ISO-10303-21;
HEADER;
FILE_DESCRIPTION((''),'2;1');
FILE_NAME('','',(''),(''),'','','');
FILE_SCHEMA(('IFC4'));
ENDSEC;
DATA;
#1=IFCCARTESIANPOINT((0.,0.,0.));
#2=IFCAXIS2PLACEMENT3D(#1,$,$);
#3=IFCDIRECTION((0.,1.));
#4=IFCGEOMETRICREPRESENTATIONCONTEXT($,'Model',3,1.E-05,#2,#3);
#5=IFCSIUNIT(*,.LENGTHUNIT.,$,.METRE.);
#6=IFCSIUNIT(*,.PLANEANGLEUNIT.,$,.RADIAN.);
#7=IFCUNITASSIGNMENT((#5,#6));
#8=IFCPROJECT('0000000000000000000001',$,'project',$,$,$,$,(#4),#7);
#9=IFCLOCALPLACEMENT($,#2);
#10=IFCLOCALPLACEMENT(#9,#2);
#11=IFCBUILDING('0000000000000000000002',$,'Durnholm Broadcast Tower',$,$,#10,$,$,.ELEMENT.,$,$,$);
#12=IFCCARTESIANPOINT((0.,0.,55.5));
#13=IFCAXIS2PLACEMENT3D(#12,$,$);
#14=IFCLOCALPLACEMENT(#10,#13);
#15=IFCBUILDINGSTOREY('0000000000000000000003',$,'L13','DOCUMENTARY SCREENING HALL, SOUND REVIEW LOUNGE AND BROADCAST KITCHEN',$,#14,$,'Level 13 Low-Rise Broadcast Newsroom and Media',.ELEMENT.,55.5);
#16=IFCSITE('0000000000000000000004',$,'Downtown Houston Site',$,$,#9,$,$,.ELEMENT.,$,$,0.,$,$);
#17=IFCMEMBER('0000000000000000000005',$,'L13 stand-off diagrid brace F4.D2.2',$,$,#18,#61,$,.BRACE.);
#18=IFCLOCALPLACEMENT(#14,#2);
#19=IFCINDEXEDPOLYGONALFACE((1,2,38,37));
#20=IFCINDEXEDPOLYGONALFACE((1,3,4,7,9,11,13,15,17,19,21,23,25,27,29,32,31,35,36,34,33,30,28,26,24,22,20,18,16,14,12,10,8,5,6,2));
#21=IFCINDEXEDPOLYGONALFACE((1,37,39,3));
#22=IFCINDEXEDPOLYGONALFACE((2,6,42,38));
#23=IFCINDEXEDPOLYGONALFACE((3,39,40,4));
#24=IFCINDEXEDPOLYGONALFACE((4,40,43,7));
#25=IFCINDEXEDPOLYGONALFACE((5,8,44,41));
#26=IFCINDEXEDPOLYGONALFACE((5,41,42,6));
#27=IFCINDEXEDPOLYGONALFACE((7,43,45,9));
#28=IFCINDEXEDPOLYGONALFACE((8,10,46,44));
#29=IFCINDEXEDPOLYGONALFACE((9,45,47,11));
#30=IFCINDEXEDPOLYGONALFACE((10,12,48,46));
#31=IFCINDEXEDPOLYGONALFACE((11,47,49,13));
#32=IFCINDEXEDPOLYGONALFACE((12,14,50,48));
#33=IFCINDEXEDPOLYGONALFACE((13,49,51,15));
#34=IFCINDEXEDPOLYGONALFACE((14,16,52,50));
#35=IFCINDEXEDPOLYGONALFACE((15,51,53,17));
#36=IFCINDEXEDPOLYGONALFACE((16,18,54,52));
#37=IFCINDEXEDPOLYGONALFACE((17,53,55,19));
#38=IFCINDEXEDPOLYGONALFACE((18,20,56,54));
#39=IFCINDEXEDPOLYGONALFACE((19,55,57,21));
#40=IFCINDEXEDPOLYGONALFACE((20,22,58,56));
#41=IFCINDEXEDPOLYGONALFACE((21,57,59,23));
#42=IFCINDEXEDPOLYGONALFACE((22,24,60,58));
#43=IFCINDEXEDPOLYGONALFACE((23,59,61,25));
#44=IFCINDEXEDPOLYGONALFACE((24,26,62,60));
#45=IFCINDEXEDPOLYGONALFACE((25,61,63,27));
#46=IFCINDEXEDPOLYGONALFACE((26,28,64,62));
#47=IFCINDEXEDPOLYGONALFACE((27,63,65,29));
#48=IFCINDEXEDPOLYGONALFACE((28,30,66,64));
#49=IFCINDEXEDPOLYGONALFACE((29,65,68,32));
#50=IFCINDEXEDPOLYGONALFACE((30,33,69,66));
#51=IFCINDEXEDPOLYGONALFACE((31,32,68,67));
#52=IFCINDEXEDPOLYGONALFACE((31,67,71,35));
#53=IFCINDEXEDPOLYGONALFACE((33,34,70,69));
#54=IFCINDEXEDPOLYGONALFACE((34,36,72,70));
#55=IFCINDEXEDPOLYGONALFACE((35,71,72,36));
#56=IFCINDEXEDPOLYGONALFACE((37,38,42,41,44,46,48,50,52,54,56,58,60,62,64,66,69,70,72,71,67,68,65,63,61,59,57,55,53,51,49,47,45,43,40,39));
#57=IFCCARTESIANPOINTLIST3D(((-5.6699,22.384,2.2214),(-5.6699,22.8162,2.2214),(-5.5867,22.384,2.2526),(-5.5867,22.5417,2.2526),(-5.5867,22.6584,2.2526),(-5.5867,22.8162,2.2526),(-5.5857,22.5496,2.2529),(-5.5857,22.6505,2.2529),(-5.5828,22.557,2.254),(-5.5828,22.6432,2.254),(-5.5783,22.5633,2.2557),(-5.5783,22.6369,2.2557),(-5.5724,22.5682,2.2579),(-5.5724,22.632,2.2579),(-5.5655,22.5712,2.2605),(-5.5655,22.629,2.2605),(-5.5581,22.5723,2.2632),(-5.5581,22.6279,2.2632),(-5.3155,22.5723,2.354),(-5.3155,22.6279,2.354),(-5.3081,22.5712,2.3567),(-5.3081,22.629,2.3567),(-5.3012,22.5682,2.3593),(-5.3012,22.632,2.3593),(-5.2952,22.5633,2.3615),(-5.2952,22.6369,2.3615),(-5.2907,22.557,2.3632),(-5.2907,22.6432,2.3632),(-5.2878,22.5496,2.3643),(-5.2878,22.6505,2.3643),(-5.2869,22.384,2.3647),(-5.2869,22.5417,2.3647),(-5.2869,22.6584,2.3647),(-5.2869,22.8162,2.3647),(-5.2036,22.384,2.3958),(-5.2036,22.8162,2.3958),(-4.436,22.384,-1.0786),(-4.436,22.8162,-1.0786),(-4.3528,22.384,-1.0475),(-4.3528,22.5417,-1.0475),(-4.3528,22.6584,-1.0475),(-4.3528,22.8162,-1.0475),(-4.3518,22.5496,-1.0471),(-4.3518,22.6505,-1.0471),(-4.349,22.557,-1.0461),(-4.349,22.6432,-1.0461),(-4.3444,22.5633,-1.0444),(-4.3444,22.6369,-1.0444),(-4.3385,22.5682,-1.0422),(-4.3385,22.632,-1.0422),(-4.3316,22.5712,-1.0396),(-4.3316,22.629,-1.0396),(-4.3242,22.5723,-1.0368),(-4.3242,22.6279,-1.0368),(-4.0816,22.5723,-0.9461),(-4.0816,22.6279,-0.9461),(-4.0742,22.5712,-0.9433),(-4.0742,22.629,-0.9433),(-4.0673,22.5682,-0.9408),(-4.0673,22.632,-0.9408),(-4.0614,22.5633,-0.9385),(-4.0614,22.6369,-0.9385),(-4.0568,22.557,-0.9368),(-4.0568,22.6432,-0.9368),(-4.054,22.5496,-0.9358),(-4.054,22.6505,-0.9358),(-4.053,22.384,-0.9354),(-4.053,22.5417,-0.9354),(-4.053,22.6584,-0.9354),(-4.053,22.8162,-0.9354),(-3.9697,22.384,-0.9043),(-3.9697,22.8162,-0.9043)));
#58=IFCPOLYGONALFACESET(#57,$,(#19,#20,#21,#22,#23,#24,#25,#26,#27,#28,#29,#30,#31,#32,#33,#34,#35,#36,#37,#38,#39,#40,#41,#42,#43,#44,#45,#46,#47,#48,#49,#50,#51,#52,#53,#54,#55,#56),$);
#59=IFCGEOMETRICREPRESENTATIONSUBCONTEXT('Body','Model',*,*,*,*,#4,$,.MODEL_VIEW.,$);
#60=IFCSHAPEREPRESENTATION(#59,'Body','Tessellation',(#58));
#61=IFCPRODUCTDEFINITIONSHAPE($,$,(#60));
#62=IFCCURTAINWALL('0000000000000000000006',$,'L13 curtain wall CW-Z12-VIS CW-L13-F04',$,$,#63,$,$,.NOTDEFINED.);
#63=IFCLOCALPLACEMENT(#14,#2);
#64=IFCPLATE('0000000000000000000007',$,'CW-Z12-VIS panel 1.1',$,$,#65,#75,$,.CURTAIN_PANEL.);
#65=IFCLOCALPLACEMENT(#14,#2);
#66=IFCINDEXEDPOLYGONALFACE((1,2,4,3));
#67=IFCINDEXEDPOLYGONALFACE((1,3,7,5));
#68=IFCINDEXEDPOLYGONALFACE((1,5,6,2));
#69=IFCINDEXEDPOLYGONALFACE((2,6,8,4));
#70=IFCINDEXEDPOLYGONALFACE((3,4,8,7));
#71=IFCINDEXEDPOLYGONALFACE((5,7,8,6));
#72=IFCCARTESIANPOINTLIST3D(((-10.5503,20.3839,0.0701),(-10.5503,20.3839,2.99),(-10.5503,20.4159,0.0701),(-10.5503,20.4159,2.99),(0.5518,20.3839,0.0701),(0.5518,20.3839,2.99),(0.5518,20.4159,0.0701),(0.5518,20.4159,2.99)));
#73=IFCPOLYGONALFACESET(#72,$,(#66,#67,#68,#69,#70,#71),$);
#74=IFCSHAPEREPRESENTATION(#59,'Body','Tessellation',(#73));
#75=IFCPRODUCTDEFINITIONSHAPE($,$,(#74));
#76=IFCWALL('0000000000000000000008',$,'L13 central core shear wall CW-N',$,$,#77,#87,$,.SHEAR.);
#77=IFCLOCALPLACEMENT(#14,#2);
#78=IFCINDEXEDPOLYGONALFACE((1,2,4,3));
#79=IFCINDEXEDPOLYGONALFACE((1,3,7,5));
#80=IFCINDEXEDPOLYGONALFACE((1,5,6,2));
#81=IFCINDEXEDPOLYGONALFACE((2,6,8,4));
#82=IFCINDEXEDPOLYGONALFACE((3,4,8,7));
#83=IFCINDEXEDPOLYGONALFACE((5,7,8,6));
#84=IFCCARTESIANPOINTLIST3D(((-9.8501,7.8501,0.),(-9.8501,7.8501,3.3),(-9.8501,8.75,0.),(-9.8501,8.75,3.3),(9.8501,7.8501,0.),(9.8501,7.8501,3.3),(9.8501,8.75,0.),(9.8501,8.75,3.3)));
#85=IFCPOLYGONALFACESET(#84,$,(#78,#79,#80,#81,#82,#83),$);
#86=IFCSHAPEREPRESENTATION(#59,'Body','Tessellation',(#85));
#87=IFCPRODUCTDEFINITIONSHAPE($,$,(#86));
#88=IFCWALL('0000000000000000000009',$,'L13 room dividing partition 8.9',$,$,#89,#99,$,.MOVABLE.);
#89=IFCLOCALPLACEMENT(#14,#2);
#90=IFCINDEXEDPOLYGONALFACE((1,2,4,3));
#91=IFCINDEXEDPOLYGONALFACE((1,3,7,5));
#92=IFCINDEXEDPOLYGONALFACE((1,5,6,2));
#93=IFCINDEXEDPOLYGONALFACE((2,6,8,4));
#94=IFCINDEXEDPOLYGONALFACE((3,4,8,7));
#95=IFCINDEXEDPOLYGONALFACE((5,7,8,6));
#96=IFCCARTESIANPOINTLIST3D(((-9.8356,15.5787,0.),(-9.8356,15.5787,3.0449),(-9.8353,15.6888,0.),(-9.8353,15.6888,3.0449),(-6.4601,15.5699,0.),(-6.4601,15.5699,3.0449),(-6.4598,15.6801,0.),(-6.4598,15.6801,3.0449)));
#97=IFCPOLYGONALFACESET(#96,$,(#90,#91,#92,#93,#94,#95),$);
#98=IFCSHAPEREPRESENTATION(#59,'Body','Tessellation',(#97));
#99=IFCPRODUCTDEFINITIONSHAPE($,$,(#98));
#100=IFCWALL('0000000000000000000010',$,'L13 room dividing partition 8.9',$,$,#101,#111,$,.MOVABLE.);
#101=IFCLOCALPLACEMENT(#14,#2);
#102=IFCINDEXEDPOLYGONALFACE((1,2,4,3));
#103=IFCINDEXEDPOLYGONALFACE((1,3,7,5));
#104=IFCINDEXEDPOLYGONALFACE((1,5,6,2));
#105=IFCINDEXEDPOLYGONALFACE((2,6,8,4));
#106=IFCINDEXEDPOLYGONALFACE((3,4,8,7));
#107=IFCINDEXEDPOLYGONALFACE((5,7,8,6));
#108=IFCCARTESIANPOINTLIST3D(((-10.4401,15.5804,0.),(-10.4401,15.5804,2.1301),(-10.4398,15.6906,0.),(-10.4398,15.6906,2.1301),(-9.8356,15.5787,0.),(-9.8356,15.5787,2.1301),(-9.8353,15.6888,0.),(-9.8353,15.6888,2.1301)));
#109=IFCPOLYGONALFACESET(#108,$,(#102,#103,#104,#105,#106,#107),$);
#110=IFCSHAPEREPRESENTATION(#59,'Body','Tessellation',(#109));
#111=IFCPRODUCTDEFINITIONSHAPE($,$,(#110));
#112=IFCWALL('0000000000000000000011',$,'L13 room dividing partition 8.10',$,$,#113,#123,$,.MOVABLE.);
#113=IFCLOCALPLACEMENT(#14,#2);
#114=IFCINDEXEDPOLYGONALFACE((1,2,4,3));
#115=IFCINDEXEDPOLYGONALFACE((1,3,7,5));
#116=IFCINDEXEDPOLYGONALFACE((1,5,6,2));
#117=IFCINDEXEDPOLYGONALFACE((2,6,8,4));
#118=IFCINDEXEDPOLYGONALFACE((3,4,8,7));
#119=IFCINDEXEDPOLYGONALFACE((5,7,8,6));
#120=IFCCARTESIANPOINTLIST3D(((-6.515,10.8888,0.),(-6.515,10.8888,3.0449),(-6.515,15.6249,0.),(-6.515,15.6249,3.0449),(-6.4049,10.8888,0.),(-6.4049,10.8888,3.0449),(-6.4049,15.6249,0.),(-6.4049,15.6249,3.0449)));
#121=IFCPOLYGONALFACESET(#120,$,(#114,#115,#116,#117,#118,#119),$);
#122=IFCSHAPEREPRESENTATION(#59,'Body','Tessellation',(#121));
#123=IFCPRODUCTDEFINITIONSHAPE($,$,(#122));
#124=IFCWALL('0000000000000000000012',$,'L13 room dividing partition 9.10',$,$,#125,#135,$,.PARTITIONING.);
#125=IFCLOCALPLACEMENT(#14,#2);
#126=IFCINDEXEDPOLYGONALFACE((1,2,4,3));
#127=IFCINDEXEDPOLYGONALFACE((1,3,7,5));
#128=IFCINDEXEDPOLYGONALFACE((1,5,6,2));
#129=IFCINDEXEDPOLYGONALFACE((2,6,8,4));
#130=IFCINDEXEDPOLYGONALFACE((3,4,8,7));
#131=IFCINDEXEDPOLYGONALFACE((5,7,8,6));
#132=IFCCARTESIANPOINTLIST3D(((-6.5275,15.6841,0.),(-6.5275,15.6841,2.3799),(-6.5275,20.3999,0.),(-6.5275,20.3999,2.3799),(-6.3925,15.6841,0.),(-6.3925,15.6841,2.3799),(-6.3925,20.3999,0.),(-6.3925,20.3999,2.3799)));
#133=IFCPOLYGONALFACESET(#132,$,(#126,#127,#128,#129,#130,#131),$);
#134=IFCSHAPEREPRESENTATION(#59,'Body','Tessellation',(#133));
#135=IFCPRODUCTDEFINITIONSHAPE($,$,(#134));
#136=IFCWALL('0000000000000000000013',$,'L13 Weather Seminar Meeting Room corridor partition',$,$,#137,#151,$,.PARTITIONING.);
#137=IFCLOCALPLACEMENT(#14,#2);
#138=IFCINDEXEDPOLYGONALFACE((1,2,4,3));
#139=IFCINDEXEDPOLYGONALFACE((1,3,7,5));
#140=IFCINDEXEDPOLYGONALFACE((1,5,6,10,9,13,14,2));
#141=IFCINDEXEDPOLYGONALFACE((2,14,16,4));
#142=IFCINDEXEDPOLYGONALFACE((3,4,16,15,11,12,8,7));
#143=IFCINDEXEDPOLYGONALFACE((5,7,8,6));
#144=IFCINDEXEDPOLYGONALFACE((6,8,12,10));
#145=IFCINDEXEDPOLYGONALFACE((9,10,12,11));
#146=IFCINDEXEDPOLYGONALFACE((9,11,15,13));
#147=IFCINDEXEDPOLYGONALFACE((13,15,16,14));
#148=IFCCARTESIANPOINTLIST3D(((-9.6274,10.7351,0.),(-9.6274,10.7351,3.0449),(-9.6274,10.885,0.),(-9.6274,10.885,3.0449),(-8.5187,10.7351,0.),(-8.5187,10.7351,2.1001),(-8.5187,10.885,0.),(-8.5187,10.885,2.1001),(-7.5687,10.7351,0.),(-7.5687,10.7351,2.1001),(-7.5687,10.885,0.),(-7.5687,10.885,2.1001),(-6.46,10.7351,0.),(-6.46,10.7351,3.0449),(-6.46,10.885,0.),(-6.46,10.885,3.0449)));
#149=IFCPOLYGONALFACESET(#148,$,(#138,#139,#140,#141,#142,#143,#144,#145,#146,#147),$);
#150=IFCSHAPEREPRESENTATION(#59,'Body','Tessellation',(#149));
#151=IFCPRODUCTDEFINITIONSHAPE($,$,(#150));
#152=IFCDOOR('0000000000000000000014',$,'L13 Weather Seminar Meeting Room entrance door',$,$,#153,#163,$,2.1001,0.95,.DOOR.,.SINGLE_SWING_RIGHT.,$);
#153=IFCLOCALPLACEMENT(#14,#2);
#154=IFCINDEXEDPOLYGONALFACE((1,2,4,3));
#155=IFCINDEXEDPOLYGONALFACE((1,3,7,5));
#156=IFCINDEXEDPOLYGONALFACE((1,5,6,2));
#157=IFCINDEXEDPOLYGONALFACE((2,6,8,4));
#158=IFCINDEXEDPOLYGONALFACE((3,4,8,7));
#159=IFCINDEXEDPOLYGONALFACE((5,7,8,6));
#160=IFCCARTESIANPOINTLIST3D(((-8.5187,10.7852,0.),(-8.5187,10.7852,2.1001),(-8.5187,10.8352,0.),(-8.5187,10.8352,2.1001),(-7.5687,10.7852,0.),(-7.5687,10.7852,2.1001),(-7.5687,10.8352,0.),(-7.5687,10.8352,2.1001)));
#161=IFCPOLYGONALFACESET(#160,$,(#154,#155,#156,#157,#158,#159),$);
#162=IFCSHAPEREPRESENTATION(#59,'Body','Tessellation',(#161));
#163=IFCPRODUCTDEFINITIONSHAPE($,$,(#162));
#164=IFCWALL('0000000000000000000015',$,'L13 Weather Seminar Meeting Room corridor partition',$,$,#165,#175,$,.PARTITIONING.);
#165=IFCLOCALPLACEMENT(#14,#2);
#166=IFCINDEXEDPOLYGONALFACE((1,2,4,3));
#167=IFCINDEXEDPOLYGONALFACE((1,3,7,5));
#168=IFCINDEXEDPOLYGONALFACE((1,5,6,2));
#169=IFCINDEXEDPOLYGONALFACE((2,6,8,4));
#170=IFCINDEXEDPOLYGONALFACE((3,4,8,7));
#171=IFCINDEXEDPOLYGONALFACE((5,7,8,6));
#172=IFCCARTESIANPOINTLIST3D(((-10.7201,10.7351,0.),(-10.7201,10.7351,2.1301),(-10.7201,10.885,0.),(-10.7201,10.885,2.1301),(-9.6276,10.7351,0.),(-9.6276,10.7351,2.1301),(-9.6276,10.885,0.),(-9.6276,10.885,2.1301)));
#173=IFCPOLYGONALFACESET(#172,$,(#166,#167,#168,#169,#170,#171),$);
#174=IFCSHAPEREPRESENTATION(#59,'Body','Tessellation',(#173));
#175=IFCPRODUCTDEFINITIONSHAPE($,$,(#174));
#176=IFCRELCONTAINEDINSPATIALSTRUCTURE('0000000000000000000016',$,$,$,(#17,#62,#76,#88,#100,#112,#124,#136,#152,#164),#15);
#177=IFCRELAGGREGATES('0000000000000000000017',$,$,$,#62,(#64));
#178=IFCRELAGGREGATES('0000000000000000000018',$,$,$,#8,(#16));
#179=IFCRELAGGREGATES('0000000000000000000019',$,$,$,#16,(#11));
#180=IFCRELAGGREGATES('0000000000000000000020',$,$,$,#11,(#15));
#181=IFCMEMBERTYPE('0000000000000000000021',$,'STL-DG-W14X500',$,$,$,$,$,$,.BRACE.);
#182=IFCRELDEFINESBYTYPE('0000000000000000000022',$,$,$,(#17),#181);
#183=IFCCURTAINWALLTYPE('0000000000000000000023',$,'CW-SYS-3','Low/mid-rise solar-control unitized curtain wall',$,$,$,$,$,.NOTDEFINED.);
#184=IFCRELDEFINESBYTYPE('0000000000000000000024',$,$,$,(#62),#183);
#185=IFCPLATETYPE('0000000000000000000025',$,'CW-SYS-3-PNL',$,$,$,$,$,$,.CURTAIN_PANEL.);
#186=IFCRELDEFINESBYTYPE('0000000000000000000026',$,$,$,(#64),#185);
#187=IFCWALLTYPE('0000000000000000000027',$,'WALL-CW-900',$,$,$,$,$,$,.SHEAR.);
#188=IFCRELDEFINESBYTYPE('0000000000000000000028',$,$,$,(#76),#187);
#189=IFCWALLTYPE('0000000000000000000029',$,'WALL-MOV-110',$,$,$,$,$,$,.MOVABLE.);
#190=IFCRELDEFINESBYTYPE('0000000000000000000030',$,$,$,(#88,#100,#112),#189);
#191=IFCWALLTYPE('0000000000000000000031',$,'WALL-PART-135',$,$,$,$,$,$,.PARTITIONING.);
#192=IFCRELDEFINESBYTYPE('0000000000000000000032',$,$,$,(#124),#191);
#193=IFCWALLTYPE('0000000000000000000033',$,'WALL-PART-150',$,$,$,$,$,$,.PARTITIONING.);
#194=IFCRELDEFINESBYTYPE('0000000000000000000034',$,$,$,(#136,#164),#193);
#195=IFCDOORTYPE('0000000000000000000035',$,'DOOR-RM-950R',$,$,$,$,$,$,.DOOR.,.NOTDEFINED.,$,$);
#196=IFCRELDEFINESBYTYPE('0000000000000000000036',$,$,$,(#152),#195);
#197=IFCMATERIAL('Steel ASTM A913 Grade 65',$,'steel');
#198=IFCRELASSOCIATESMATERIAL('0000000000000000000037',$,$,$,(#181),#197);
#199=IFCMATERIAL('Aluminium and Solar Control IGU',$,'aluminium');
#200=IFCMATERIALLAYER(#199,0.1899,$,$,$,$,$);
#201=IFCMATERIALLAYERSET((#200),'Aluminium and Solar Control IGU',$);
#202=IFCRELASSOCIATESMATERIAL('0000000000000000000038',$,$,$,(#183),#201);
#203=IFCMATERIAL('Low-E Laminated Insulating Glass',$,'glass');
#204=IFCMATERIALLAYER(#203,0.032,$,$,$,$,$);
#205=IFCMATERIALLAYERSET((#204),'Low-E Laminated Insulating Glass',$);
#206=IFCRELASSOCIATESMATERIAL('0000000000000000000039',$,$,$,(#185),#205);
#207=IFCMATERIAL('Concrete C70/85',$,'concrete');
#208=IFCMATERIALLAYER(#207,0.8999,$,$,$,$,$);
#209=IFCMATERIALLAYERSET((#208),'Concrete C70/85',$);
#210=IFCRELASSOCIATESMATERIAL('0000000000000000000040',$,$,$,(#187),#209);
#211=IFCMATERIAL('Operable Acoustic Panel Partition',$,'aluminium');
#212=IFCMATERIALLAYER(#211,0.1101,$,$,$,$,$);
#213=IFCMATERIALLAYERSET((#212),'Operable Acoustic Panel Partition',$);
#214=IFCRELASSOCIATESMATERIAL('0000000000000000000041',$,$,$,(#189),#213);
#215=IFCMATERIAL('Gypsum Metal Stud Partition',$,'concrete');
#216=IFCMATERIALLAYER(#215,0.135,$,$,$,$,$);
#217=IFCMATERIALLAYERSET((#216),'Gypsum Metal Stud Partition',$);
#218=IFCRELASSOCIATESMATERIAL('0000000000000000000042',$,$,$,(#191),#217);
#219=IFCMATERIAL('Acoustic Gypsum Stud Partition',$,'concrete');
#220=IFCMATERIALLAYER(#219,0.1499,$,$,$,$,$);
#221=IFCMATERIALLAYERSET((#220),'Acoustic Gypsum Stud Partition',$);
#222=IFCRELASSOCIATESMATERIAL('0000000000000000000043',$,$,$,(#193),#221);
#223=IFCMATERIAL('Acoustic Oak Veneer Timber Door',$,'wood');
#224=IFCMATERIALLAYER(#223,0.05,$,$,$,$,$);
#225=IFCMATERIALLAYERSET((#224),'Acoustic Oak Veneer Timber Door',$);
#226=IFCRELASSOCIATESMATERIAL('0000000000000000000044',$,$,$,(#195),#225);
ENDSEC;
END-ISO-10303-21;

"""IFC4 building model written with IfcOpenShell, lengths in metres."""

from ifc_helpers import new_model, si_unit, direction, frame, frame_2d, origin, origin_2d, place, context, subcontext, project, spatial, rectangle, i_section, extrude, source, transform, mapped, material, layer, layer_set, material_profile, profile_set, type_object, type_shapes, element, fill, aggregate, save


model = new_model("IFC4")

# Units and contexts
model_context = context("Model", 3, precision=1e-05, world=origin(), true_north=direction((0.0, 1.0)))
body_context = subcontext(model_context, "Body", "Model", "MODEL_VIEW")
ifc_project = project(units=[si_unit("LENGTHUNIT", "METRE"), si_unit("PLANEANGLEUNIT", "RADIAN")], contexts=[model_context])

# Site, building, storey
site_placement = place(None, origin())
site = spatial("IfcSite", under=ifc_project, at=site_placement, Name="Downtown Houston Site", CompositionType="ELEMENT", RefElevation=0.0)
building_placement = place(site_placement, origin())
building = spatial("IfcBuilding", under=site, at=building_placement, Name="Durnholm Broadcast Tower", CompositionType="ELEMENT")
storey_placement = place(building_placement, frame((0.0, 0.0, 55.5)))
storey = spatial("IfcBuildingStorey", under=building, at=storey_placement, Name="L13", Description="DOCUMENTARY SCREENING HALL, SOUND REVIEW LOUNGE AND BROADCAST KITCHEN", LongName="Level 13 Low-Rise Broadcast Newsroom and Media", CompositionType="ELEMENT", Elevation=55.5)

# Shared definitions
ifc_material_1 = material(Name="Concrete C70/85", Category="concrete")

# Member
ifc_material_2 = material(Name="Steel ASTM A913 Grade 65", Category="steel")
ifc_material_profile_1 = material_profile(ifc_material_2, i_section(OverallWidth=0.4321, OverallDepth=0.4978, WebThickness=0.0557, FlangeThickness=0.0889, FilletRadius=0.0305, at=origin_2d()), Name="W14X500")
ifc_profile_set_1 = profile_set([ifc_material_profile_1], Name="Steel ASTM A913 Grade 65")
member_type = type_object("IfcMemberType", Name="STL-DG-W14X500", PredefinedType="BRACE", material=ifc_profile_set_1)
shared_shape_1 = source(origin(), body_context, "Body", "SweptSolid", [
    extrude(i_section(OverallWidth=0.4321, OverallDepth=0.4978, WebThickness=0.0557, FlangeThickness=0.0889, FilletRadius=0.0305, at=origin_2d()), origin(), (0.0, 0.0, 1.0), 3.5232),
])
type_shapes(member_type, [shared_shape_1])
for number, where, z_axis, x_axis, name in (
    (1, (-4.2029, 22.6001, -0.9915), (-0.35022, 0.0, 0.936668), (0.0, -1.0, 0.0), "L13 stand-off diagrid brace F4.D2.2"),
):
    element("IfcMember", number, at=place(storey_placement, frame(where, z_axis=z_axis, x_axis=x_axis)), inside=storey, type_object=member_type, Name=name, PredefinedType="BRACE", context=body_context, shape_type="MappedRepresentation", body=[
        mapped(shared_shape_1, transform((0.0, 0.0, 0.0), x_axis=(1.0, 0.0, 0.0), y_axis=(0.0, 1.0, 0.0), z_axis=(0.0, 0.0, 1.0), scale=1.0)),
    ])

# Curtain wall, plate
ifc_material_3 = material(Name="Aluminium and Solar Control IGU", Category="aluminium")
ifc_layer_1 = layer(ifc_material_3, 0.1899)
ifc_layer_set_1 = layer_set([ifc_layer_1], Name="Aluminium and Solar Control IGU")
curtain_wall_type = type_object("IfcCurtainWallType", Name="CW-SYS-3", Description="Low/mid-rise solar-control unitized curtain wall", PredefinedType="NOTDEFINED", material=ifc_layer_set_1)
curtain_wall_placement = place(storey_placement, origin())
curtain_wall = element("IfcCurtainWall", 2, at=curtain_wall_placement, inside=storey, type_object=curtain_wall_type, Name="L13 curtain wall CW-Z12-VIS CW-L13-F04", PredefinedType="NOTDEFINED")
ifc_material_4 = material(Name="Low-E Laminated Insulating Glass", Category="glass")
ifc_layer_2 = layer(ifc_material_4, 0.032)
ifc_layer_set_2 = layer_set([ifc_layer_2], Name="Low-E Laminated Insulating Glass")
plate_type = type_object("IfcPlateType", Name="CW-SYS-3-PNL", PredefinedType="CURTAIN_PANEL", material=ifc_layer_set_2)
shared_shape_2 = source(origin(), body_context, "Body", "SweptSolid", [
    extrude(rectangle(XDim=11.1021, YDim=0.032, at=origin_2d()), origin(), (0.0, 0.0, 1.0), 2.9199),
])
type_shapes(plate_type, [shared_shape_2])
plate_placement = place(storey_placement, frame((-4.9993, 20.3999, 0.0701), z_axis=(0.0, 0.0, 1.0), x_axis=(1.0, 0.0, 0.0)))
plate = element("IfcPlate", 3, at=plate_placement, type_object=plate_type, Name="CW-Z12-VIS panel 1.1", PredefinedType="CURTAIN_PANEL", context=body_context, shape_type="MappedRepresentation", body=[
    mapped(shared_shape_2, transform((0.0, 0.0, 0.0), x_axis=(1.0, 0.0, 0.0), y_axis=(0.0, 1.0, 0.0), z_axis=(0.0, 0.0, 1.0), scale=1.0)),
])
aggregate(curtain_wall, [plate])

# Walls
ifc_layer_3 = layer(ifc_material_1, 0.8999)
ifc_layer_set_3 = layer_set([ifc_layer_3], Name="Concrete C70/85")
wall_type_1 = type_object("IfcWallType", Name="WALL-CW-900", PredefinedType="SHEAR", material=ifc_layer_set_3)
wall_1_placement = place(storey_placement, frame((-9.8501, 8.3, 0.0), z_axis=(0.0, 0.0, 1.0), x_axis=(1.0, 0.0, 0.0)))
element("IfcWall", 4, at=wall_1_placement, inside=storey, type_object=wall_type_1, Name="L13 central core shear wall CW-N", PredefinedType="SHEAR", context=body_context, shape_type="SweptSolid", body=[
    extrude(rectangle(XDim=19.7002, YDim=0.8999, at=frame_2d((9.8501, 0.0))), origin(), (0.0, 0.0, 1.0), 3.3),
])
ifc_material_5 = material(Name="Operable Acoustic Panel Partition", Category="aluminium")
ifc_layer_4 = layer(ifc_material_5, 0.1101)
ifc_layer_set_4 = layer_set([ifc_layer_4], Name="Operable Acoustic Panel Partition")
wall_type_2 = type_object("IfcWallType", Name="WALL-MOV-110", PredefinedType="MOVABLE", material=ifc_layer_set_4)
wall_2_placement = place(storey_placement, frame((-9.8354, 15.6338, 0.0), z_axis=(0.0, 0.0, 1.0), x_axis=(0.999997, -0.002604, 0.0)))
element("IfcWall", 5, at=wall_2_placement, inside=storey, type_object=wall_type_2, Name="L13 room dividing partition 8.9", PredefinedType="MOVABLE", context=body_context, shape_type="SweptSolid", body=[
    extrude(rectangle(XDim=3.3755, YDim=0.1101, at=frame_2d((1.6877, 0.0))), origin(), (0.0, 0.0, 1.0), 3.0449),
])
wall_3_placement = place(storey_placement, frame((-10.4399, 15.6355, 0.0), z_axis=(0.0, 0.0, 1.0), x_axis=(0.999996, -0.002827, 0.0)))
element("IfcWall", 6, at=wall_3_placement, inside=storey, type_object=wall_type_2, Name="L13 room dividing partition 8.9", PredefinedType="MOVABLE", context=body_context, shape_type="SweptSolid", body=[
    extrude(rectangle(XDim=0.6045, YDim=0.1101, at=frame_2d((0.3022, 0.0))), origin(), (0.0, 0.0, 1.0), 2.1301),
])
wall_4_placement = place(storey_placement, frame((-6.46, 15.625, 0.0), z_axis=(0.0, 0.0, 1.0), x_axis=(0.0, -1.0, 0.0)))
element("IfcWall", 7, at=wall_4_placement, inside=storey, type_object=wall_type_2, Name="L13 room dividing partition 8.10", PredefinedType="MOVABLE", context=body_context, shape_type="SweptSolid", body=[
    extrude(rectangle(XDim=4.7361, YDim=0.1101, at=frame_2d((2.3682, 0.0))), origin(), (0.0, 0.0, 1.0), 3.0449),
])
ifc_material_6 = material(Name="Gypsum Metal Stud Partition", Category="concrete")
ifc_layer_5 = layer(ifc_material_6, 0.135)
ifc_layer_set_5 = layer_set([ifc_layer_5], Name="Gypsum Metal Stud Partition")
wall_type_3 = type_object("IfcWallType", Name="WALL-PART-135", PredefinedType="PARTITIONING", material=ifc_layer_set_5)
wall_5_placement = place(storey_placement, frame((-6.46, 20.3999, 0.0), z_axis=(0.0, 0.0, 1.0), x_axis=(0.0, -1.0, 0.0)))
element("IfcWall", 8, at=wall_5_placement, inside=storey, type_object=wall_type_3, Name="L13 room dividing partition 9.10", PredefinedType="PARTITIONING", context=body_context, shape_type="SweptSolid", body=[
    extrude(rectangle(XDim=4.7158, YDim=0.135, at=frame_2d((2.3579, 0.0))), origin(), (0.0, 0.0, 1.0), 2.3799),
])

# Wall, opening, door
ifc_material_7 = material(Name="Acoustic Gypsum Stud Partition", Category="concrete")
ifc_layer_6 = layer(ifc_material_7, 0.1499)
ifc_layer_set_6 = layer_set([ifc_layer_6], Name="Acoustic Gypsum Stud Partition")
wall_type_4 = type_object("IfcWallType", Name="WALL-PART-150", PredefinedType="PARTITIONING", material=ifc_layer_set_6)
wall_6_placement = place(storey_placement, frame((-6.46, 10.8101, 0.0), z_axis=(0.0, 0.0, 1.0), x_axis=(-1.0, 0.0, 0.0)))
wall_6 = element("IfcWall", 9, at=wall_6_placement, inside=storey, type_object=wall_type_4, Name="L13 Weather Seminar Meeting Room corridor partition", PredefinedType="PARTITIONING", context=body_context, shape_type="SweptSolid", body=[
    extrude(rectangle(XDim=3.1675, YDim=0.1499, at=frame_2d((1.5837, 0.0))), origin(), (0.0, 0.0, 1.0), 3.0449),
])
opening_placement = place(wall_6_placement, frame((1.1086, 0.0, 0.0)))
opening = element("IfcOpeningElement", 10, at=opening_placement, cuts=wall_6, PredefinedType="OPENING", context=body_context, shape_type="SweptSolid", body=[
    extrude(rectangle(XDim=0.95, YDim=2.1001, at=frame_2d((0.4751, 1.05))), frame((0.0, 0.085, 0.0), z_axis=(0.0, -1.0, 0.0), x_axis=(1.0, 0.0, 0.0)), (0.0, 0.0, 1.0), 0.1699),
])
ifc_material_8 = material(Name="Acoustic Oak Veneer Timber Door", Category="wood")
ifc_layer_7 = layer(ifc_material_8, 0.05)
ifc_layer_set_7 = layer_set([ifc_layer_7], Name="Acoustic Oak Veneer Timber Door")
door_type = type_object("IfcDoorType", Name="DOOR-RM-950R", OperationType="NOTDEFINED", PredefinedType="DOOR", material=ifc_layer_set_7)
shared_shape_3 = source(origin(), body_context, "Body", "SweptSolid", [
    extrude(rectangle(XDim=0.95, YDim=2.1001, at=frame_2d((0.4751, 1.05))), frame((0.0, 0.0249, 0.0), z_axis=(0.0, -1.0, 0.0), x_axis=(1.0, 0.0, 0.0)), (0.0, 0.0, 1.0), 0.05),
])
type_shapes(door_type, [shared_shape_3])
door_placement = place(opening_placement, origin())
door = element("IfcDoor", 11, at=door_placement, inside=storey, type_object=door_type, Name="L13 Weather Seminar Meeting Room entrance door", OperationType="SINGLE_SWING_RIGHT", OverallHeight=2.1001, OverallWidth=0.95, PredefinedType="DOOR", context=body_context, shape_type="MappedRepresentation", body=[
    mapped(shared_shape_3, transform((0.0, 0.0, 0.0), x_axis=(1.0, 0.0, 0.0), y_axis=(0.0, 1.0, 0.0), z_axis=(0.0, 0.0, 1.0), scale=1.0)),
])
fill(opening, door)

# Wall
wall_7_placement = place(storey_placement, frame((-9.6274, 10.8101, 0.0), z_axis=(0.0, 0.0, 1.0), x_axis=(-1.0, 0.0, 0.0)))
element("IfcWall", 12, at=wall_7_placement, inside=storey, type_object=wall_type_4, Name="L13 Weather Seminar Meeting Room corridor partition", PredefinedType="PARTITIONING", context=body_context, shape_type="SweptSolid", body=[
    extrude(rectangle(XDim=1.0925, YDim=0.1499, at=frame_2d((0.5464, 0.0))), origin(), (0.0, 0.0, 1.0), 2.1301),
])

save(model, "model.ifc")
